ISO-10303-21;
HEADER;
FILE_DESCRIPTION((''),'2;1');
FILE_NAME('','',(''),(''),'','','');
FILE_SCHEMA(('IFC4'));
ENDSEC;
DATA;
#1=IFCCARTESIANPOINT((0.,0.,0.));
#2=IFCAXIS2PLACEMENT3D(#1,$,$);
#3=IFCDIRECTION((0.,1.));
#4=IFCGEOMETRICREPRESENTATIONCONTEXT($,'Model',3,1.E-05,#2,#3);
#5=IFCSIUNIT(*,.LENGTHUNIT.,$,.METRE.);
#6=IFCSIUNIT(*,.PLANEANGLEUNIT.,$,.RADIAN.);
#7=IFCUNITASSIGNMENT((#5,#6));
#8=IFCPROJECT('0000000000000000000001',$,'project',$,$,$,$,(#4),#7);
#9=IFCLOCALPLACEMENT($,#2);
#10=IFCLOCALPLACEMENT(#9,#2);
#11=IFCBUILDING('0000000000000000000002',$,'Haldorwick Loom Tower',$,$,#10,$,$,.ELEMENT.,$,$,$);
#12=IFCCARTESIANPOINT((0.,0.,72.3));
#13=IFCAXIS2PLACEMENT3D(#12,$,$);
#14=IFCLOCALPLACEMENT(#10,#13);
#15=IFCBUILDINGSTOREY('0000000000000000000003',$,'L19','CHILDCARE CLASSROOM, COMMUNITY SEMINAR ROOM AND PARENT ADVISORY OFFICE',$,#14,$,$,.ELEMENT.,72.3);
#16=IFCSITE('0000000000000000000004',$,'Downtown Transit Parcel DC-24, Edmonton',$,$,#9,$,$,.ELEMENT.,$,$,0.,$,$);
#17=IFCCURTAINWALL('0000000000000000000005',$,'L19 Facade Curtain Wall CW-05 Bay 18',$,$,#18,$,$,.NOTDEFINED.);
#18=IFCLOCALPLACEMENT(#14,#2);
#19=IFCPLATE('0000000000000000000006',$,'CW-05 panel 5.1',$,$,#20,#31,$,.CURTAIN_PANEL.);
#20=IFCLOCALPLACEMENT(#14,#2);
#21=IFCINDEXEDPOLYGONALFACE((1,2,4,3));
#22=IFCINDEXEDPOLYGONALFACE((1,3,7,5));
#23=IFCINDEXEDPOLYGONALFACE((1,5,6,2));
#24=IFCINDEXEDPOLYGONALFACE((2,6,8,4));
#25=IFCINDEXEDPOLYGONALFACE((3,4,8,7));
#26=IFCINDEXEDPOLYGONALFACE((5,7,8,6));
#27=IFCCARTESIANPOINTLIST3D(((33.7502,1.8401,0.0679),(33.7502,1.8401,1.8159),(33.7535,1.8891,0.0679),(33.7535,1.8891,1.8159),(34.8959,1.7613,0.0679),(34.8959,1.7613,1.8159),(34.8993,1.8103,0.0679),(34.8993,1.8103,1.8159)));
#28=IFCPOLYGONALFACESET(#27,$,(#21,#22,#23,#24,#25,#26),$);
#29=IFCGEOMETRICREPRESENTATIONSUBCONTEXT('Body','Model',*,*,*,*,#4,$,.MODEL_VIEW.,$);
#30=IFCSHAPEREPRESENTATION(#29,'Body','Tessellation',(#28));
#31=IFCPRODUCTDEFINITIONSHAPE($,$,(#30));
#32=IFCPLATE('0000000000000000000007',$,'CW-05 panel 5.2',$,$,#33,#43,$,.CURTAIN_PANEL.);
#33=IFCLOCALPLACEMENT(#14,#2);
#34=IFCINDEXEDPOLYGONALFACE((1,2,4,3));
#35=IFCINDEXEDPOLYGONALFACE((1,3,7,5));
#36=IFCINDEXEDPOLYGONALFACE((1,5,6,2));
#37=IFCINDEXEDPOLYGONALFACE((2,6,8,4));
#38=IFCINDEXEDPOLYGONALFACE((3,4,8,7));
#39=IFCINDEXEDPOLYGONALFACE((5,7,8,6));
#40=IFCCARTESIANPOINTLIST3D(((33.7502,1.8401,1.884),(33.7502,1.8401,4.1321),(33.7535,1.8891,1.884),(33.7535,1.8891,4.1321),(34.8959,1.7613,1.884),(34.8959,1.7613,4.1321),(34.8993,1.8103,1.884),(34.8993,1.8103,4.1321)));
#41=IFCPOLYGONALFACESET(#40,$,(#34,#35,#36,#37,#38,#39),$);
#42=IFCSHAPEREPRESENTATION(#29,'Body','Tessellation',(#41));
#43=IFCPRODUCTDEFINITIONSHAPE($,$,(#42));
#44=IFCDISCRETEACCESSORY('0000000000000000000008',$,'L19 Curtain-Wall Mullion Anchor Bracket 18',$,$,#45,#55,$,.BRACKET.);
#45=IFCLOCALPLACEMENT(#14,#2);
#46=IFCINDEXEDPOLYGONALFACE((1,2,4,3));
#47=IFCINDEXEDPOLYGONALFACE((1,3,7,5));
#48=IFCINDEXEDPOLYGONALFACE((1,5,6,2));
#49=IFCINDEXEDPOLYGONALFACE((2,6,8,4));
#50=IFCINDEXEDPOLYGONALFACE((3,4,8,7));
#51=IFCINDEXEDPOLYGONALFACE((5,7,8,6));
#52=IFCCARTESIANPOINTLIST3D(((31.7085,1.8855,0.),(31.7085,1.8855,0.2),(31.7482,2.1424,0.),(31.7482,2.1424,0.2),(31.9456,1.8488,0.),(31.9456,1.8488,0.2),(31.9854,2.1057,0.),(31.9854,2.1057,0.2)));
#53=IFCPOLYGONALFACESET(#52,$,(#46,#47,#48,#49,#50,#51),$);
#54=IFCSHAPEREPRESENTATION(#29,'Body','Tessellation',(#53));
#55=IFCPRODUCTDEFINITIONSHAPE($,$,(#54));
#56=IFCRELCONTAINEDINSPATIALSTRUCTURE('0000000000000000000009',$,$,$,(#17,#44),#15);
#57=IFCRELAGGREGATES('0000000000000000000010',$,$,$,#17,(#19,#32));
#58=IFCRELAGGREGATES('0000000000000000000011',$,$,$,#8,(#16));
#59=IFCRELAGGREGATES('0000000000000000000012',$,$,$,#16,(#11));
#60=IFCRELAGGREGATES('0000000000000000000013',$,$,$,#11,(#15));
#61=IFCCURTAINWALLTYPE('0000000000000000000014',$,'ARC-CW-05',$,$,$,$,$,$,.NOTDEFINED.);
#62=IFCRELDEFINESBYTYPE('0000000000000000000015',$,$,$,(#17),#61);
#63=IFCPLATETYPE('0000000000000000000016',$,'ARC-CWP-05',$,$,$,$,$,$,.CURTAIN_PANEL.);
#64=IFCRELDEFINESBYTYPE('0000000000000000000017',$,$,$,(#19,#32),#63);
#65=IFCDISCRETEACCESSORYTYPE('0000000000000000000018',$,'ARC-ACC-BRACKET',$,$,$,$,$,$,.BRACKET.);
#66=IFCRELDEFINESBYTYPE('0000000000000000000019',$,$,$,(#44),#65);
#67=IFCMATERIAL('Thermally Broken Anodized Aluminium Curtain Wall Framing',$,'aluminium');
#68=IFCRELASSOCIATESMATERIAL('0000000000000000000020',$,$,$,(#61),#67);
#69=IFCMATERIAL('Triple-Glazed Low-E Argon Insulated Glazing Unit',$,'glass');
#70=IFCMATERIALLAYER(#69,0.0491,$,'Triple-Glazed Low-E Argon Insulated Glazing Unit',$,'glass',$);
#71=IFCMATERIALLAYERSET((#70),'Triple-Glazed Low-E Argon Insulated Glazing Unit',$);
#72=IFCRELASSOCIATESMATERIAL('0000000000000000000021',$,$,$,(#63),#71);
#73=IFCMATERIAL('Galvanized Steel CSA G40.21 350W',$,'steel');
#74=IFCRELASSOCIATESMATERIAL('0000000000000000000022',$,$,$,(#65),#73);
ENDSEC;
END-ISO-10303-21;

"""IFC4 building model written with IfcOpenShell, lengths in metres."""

from ifc_helpers import new_model, si_unit, direction, frame, origin, origin_2d, place, context, subcontext, project, spatial, rectangle, extrude, material, layer, layer_set, type_object, element, aggregate, save


model = new_model("IFC4")

# Units and contexts
model_context = context("Model", 3, precision=1e-05, world=origin(), true_north=direction((0.0, 1.0)))
body_context = subcontext(model_context, "Body", "Model", "MODEL_VIEW")
ifc_project = project(units=[si_unit("LENGTHUNIT", "METRE"), si_unit("PLANEANGLEUNIT", "RADIAN")], contexts=[model_context])

# Site, building, storey
site_placement = place(None, origin())
site = spatial("IfcSite", under=ifc_project, at=site_placement, Name="Downtown Transit Parcel DC-24, Edmonton", CompositionType="ELEMENT", RefElevation=0.0)
building_placement = place(site_placement, origin())
building = spatial("IfcBuilding", under=site, at=building_placement, Name="Haldorwick Loom Tower", CompositionType="ELEMENT")
storey_placement = place(building_placement, frame((0.0, 0.0, 72.3)))
storey = spatial("IfcBuildingStorey", under=building, at=storey_placement, Name="L19", Description="CHILDCARE CLASSROOM, COMMUNITY SEMINAR ROOM AND PARENT ADVISORY OFFICE", CompositionType="ELEMENT", Elevation=72.3)

# Curtain wall
ifc_material_1 = material(Name="Thermally Broken Anodized Aluminium Curtain Wall Framing", Category="aluminium")
curtain_wall_type = type_object("IfcCurtainWallType", Name="ARC-CW-05", PredefinedType="NOTDEFINED", material=ifc_material_1)
curtain_wall_placement = place(storey_placement, origin())
curtain_wall = element("IfcCurtainWall", 1, at=curtain_wall_placement, inside=storey, type_object=curtain_wall_type, Name="L19 Facade Curtain Wall CW-05 Bay 18", PredefinedType="NOTDEFINED")

# Plates
ifc_material_2 = material(Name="Triple-Glazed Low-E Argon Insulated Glazing Unit", Category="glass")
ifc_layer = layer(ifc_material_2, 0.0491, Name="Triple-Glazed Low-E Argon Insulated Glazing Unit", Category="glass")
ifc_layer_set = layer_set([ifc_layer], Name="Triple-Glazed Low-E Argon Insulated Glazing Unit")
plate_type = type_object("IfcPlateType", Name="ARC-CWP-05", PredefinedType="CURTAIN_PANEL", material=ifc_layer_set)
plate_1_placement = place(storey_placement, frame((34.3247, 1.8252, 0.0679), z_axis=(0.0, 0.0, 1.0), x_axis=(0.997645, -0.068589, 0.0)))
plate_1 = element("IfcPlate", 2, at=plate_1_placement, type_object=plate_type, Name="CW-05 panel 5.1", PredefinedType="CURTAIN_PANEL", context=body_context, shape_type="SweptSolid", body=[
    extrude(rectangle(XDim=1.1484, YDim=0.0491, at=origin_2d()), origin(), (0.0, 0.0, 1.0), 1.748),
])
plate_2_placement = place(storey_placement, frame((34.3247, 1.8252, 1.884), z_axis=(0.0, 0.0, 1.0), x_axis=(0.997645, -0.068589, 0.0)))
plate_2 = element("IfcPlate", 3, at=plate_2_placement, type_object=plate_type, Name="CW-05 panel 5.2", PredefinedType="CURTAIN_PANEL", context=body_context, shape_type="SweptSolid", body=[
    extrude(rectangle(XDim=1.1484, YDim=0.0491, at=origin_2d()), origin(), (0.0, 0.0, 1.0), 2.248),
])
aggregate(curtain_wall, [plate_1, plate_2])

# Discrete accessory
ifc_material_3 = material(Name="Galvanized Steel CSA G40.21 350W", Category="steel")
discrete_accessory_type = type_object("IfcDiscreteAccessoryType", Name="ARC-ACC-BRACKET", PredefinedType="BRACKET", material=ifc_material_3)
discrete_accessory_placement = place(storey_placement, frame((31.8469, 1.9956, 0.0), z_axis=(0.0, 0.0, 1.0), x_axis=(-0.152986, -0.988228, 0.0)))
element("IfcDiscreteAccessory", 4, at=discrete_accessory_placement, inside=storey, type_object=discrete_accessory_type, Name="L19 Curtain-Wall Mullion Anchor Bracket 18", PredefinedType="BRACKET", context=body_context, shape_type="SweptSolid", body=[
    extrude(rectangle(XDim=0.26, YDim=0.24, at=origin_2d()), origin(), (0.0, 0.0, 1.0), 0.2),
])

save(model, "model.ifc")
